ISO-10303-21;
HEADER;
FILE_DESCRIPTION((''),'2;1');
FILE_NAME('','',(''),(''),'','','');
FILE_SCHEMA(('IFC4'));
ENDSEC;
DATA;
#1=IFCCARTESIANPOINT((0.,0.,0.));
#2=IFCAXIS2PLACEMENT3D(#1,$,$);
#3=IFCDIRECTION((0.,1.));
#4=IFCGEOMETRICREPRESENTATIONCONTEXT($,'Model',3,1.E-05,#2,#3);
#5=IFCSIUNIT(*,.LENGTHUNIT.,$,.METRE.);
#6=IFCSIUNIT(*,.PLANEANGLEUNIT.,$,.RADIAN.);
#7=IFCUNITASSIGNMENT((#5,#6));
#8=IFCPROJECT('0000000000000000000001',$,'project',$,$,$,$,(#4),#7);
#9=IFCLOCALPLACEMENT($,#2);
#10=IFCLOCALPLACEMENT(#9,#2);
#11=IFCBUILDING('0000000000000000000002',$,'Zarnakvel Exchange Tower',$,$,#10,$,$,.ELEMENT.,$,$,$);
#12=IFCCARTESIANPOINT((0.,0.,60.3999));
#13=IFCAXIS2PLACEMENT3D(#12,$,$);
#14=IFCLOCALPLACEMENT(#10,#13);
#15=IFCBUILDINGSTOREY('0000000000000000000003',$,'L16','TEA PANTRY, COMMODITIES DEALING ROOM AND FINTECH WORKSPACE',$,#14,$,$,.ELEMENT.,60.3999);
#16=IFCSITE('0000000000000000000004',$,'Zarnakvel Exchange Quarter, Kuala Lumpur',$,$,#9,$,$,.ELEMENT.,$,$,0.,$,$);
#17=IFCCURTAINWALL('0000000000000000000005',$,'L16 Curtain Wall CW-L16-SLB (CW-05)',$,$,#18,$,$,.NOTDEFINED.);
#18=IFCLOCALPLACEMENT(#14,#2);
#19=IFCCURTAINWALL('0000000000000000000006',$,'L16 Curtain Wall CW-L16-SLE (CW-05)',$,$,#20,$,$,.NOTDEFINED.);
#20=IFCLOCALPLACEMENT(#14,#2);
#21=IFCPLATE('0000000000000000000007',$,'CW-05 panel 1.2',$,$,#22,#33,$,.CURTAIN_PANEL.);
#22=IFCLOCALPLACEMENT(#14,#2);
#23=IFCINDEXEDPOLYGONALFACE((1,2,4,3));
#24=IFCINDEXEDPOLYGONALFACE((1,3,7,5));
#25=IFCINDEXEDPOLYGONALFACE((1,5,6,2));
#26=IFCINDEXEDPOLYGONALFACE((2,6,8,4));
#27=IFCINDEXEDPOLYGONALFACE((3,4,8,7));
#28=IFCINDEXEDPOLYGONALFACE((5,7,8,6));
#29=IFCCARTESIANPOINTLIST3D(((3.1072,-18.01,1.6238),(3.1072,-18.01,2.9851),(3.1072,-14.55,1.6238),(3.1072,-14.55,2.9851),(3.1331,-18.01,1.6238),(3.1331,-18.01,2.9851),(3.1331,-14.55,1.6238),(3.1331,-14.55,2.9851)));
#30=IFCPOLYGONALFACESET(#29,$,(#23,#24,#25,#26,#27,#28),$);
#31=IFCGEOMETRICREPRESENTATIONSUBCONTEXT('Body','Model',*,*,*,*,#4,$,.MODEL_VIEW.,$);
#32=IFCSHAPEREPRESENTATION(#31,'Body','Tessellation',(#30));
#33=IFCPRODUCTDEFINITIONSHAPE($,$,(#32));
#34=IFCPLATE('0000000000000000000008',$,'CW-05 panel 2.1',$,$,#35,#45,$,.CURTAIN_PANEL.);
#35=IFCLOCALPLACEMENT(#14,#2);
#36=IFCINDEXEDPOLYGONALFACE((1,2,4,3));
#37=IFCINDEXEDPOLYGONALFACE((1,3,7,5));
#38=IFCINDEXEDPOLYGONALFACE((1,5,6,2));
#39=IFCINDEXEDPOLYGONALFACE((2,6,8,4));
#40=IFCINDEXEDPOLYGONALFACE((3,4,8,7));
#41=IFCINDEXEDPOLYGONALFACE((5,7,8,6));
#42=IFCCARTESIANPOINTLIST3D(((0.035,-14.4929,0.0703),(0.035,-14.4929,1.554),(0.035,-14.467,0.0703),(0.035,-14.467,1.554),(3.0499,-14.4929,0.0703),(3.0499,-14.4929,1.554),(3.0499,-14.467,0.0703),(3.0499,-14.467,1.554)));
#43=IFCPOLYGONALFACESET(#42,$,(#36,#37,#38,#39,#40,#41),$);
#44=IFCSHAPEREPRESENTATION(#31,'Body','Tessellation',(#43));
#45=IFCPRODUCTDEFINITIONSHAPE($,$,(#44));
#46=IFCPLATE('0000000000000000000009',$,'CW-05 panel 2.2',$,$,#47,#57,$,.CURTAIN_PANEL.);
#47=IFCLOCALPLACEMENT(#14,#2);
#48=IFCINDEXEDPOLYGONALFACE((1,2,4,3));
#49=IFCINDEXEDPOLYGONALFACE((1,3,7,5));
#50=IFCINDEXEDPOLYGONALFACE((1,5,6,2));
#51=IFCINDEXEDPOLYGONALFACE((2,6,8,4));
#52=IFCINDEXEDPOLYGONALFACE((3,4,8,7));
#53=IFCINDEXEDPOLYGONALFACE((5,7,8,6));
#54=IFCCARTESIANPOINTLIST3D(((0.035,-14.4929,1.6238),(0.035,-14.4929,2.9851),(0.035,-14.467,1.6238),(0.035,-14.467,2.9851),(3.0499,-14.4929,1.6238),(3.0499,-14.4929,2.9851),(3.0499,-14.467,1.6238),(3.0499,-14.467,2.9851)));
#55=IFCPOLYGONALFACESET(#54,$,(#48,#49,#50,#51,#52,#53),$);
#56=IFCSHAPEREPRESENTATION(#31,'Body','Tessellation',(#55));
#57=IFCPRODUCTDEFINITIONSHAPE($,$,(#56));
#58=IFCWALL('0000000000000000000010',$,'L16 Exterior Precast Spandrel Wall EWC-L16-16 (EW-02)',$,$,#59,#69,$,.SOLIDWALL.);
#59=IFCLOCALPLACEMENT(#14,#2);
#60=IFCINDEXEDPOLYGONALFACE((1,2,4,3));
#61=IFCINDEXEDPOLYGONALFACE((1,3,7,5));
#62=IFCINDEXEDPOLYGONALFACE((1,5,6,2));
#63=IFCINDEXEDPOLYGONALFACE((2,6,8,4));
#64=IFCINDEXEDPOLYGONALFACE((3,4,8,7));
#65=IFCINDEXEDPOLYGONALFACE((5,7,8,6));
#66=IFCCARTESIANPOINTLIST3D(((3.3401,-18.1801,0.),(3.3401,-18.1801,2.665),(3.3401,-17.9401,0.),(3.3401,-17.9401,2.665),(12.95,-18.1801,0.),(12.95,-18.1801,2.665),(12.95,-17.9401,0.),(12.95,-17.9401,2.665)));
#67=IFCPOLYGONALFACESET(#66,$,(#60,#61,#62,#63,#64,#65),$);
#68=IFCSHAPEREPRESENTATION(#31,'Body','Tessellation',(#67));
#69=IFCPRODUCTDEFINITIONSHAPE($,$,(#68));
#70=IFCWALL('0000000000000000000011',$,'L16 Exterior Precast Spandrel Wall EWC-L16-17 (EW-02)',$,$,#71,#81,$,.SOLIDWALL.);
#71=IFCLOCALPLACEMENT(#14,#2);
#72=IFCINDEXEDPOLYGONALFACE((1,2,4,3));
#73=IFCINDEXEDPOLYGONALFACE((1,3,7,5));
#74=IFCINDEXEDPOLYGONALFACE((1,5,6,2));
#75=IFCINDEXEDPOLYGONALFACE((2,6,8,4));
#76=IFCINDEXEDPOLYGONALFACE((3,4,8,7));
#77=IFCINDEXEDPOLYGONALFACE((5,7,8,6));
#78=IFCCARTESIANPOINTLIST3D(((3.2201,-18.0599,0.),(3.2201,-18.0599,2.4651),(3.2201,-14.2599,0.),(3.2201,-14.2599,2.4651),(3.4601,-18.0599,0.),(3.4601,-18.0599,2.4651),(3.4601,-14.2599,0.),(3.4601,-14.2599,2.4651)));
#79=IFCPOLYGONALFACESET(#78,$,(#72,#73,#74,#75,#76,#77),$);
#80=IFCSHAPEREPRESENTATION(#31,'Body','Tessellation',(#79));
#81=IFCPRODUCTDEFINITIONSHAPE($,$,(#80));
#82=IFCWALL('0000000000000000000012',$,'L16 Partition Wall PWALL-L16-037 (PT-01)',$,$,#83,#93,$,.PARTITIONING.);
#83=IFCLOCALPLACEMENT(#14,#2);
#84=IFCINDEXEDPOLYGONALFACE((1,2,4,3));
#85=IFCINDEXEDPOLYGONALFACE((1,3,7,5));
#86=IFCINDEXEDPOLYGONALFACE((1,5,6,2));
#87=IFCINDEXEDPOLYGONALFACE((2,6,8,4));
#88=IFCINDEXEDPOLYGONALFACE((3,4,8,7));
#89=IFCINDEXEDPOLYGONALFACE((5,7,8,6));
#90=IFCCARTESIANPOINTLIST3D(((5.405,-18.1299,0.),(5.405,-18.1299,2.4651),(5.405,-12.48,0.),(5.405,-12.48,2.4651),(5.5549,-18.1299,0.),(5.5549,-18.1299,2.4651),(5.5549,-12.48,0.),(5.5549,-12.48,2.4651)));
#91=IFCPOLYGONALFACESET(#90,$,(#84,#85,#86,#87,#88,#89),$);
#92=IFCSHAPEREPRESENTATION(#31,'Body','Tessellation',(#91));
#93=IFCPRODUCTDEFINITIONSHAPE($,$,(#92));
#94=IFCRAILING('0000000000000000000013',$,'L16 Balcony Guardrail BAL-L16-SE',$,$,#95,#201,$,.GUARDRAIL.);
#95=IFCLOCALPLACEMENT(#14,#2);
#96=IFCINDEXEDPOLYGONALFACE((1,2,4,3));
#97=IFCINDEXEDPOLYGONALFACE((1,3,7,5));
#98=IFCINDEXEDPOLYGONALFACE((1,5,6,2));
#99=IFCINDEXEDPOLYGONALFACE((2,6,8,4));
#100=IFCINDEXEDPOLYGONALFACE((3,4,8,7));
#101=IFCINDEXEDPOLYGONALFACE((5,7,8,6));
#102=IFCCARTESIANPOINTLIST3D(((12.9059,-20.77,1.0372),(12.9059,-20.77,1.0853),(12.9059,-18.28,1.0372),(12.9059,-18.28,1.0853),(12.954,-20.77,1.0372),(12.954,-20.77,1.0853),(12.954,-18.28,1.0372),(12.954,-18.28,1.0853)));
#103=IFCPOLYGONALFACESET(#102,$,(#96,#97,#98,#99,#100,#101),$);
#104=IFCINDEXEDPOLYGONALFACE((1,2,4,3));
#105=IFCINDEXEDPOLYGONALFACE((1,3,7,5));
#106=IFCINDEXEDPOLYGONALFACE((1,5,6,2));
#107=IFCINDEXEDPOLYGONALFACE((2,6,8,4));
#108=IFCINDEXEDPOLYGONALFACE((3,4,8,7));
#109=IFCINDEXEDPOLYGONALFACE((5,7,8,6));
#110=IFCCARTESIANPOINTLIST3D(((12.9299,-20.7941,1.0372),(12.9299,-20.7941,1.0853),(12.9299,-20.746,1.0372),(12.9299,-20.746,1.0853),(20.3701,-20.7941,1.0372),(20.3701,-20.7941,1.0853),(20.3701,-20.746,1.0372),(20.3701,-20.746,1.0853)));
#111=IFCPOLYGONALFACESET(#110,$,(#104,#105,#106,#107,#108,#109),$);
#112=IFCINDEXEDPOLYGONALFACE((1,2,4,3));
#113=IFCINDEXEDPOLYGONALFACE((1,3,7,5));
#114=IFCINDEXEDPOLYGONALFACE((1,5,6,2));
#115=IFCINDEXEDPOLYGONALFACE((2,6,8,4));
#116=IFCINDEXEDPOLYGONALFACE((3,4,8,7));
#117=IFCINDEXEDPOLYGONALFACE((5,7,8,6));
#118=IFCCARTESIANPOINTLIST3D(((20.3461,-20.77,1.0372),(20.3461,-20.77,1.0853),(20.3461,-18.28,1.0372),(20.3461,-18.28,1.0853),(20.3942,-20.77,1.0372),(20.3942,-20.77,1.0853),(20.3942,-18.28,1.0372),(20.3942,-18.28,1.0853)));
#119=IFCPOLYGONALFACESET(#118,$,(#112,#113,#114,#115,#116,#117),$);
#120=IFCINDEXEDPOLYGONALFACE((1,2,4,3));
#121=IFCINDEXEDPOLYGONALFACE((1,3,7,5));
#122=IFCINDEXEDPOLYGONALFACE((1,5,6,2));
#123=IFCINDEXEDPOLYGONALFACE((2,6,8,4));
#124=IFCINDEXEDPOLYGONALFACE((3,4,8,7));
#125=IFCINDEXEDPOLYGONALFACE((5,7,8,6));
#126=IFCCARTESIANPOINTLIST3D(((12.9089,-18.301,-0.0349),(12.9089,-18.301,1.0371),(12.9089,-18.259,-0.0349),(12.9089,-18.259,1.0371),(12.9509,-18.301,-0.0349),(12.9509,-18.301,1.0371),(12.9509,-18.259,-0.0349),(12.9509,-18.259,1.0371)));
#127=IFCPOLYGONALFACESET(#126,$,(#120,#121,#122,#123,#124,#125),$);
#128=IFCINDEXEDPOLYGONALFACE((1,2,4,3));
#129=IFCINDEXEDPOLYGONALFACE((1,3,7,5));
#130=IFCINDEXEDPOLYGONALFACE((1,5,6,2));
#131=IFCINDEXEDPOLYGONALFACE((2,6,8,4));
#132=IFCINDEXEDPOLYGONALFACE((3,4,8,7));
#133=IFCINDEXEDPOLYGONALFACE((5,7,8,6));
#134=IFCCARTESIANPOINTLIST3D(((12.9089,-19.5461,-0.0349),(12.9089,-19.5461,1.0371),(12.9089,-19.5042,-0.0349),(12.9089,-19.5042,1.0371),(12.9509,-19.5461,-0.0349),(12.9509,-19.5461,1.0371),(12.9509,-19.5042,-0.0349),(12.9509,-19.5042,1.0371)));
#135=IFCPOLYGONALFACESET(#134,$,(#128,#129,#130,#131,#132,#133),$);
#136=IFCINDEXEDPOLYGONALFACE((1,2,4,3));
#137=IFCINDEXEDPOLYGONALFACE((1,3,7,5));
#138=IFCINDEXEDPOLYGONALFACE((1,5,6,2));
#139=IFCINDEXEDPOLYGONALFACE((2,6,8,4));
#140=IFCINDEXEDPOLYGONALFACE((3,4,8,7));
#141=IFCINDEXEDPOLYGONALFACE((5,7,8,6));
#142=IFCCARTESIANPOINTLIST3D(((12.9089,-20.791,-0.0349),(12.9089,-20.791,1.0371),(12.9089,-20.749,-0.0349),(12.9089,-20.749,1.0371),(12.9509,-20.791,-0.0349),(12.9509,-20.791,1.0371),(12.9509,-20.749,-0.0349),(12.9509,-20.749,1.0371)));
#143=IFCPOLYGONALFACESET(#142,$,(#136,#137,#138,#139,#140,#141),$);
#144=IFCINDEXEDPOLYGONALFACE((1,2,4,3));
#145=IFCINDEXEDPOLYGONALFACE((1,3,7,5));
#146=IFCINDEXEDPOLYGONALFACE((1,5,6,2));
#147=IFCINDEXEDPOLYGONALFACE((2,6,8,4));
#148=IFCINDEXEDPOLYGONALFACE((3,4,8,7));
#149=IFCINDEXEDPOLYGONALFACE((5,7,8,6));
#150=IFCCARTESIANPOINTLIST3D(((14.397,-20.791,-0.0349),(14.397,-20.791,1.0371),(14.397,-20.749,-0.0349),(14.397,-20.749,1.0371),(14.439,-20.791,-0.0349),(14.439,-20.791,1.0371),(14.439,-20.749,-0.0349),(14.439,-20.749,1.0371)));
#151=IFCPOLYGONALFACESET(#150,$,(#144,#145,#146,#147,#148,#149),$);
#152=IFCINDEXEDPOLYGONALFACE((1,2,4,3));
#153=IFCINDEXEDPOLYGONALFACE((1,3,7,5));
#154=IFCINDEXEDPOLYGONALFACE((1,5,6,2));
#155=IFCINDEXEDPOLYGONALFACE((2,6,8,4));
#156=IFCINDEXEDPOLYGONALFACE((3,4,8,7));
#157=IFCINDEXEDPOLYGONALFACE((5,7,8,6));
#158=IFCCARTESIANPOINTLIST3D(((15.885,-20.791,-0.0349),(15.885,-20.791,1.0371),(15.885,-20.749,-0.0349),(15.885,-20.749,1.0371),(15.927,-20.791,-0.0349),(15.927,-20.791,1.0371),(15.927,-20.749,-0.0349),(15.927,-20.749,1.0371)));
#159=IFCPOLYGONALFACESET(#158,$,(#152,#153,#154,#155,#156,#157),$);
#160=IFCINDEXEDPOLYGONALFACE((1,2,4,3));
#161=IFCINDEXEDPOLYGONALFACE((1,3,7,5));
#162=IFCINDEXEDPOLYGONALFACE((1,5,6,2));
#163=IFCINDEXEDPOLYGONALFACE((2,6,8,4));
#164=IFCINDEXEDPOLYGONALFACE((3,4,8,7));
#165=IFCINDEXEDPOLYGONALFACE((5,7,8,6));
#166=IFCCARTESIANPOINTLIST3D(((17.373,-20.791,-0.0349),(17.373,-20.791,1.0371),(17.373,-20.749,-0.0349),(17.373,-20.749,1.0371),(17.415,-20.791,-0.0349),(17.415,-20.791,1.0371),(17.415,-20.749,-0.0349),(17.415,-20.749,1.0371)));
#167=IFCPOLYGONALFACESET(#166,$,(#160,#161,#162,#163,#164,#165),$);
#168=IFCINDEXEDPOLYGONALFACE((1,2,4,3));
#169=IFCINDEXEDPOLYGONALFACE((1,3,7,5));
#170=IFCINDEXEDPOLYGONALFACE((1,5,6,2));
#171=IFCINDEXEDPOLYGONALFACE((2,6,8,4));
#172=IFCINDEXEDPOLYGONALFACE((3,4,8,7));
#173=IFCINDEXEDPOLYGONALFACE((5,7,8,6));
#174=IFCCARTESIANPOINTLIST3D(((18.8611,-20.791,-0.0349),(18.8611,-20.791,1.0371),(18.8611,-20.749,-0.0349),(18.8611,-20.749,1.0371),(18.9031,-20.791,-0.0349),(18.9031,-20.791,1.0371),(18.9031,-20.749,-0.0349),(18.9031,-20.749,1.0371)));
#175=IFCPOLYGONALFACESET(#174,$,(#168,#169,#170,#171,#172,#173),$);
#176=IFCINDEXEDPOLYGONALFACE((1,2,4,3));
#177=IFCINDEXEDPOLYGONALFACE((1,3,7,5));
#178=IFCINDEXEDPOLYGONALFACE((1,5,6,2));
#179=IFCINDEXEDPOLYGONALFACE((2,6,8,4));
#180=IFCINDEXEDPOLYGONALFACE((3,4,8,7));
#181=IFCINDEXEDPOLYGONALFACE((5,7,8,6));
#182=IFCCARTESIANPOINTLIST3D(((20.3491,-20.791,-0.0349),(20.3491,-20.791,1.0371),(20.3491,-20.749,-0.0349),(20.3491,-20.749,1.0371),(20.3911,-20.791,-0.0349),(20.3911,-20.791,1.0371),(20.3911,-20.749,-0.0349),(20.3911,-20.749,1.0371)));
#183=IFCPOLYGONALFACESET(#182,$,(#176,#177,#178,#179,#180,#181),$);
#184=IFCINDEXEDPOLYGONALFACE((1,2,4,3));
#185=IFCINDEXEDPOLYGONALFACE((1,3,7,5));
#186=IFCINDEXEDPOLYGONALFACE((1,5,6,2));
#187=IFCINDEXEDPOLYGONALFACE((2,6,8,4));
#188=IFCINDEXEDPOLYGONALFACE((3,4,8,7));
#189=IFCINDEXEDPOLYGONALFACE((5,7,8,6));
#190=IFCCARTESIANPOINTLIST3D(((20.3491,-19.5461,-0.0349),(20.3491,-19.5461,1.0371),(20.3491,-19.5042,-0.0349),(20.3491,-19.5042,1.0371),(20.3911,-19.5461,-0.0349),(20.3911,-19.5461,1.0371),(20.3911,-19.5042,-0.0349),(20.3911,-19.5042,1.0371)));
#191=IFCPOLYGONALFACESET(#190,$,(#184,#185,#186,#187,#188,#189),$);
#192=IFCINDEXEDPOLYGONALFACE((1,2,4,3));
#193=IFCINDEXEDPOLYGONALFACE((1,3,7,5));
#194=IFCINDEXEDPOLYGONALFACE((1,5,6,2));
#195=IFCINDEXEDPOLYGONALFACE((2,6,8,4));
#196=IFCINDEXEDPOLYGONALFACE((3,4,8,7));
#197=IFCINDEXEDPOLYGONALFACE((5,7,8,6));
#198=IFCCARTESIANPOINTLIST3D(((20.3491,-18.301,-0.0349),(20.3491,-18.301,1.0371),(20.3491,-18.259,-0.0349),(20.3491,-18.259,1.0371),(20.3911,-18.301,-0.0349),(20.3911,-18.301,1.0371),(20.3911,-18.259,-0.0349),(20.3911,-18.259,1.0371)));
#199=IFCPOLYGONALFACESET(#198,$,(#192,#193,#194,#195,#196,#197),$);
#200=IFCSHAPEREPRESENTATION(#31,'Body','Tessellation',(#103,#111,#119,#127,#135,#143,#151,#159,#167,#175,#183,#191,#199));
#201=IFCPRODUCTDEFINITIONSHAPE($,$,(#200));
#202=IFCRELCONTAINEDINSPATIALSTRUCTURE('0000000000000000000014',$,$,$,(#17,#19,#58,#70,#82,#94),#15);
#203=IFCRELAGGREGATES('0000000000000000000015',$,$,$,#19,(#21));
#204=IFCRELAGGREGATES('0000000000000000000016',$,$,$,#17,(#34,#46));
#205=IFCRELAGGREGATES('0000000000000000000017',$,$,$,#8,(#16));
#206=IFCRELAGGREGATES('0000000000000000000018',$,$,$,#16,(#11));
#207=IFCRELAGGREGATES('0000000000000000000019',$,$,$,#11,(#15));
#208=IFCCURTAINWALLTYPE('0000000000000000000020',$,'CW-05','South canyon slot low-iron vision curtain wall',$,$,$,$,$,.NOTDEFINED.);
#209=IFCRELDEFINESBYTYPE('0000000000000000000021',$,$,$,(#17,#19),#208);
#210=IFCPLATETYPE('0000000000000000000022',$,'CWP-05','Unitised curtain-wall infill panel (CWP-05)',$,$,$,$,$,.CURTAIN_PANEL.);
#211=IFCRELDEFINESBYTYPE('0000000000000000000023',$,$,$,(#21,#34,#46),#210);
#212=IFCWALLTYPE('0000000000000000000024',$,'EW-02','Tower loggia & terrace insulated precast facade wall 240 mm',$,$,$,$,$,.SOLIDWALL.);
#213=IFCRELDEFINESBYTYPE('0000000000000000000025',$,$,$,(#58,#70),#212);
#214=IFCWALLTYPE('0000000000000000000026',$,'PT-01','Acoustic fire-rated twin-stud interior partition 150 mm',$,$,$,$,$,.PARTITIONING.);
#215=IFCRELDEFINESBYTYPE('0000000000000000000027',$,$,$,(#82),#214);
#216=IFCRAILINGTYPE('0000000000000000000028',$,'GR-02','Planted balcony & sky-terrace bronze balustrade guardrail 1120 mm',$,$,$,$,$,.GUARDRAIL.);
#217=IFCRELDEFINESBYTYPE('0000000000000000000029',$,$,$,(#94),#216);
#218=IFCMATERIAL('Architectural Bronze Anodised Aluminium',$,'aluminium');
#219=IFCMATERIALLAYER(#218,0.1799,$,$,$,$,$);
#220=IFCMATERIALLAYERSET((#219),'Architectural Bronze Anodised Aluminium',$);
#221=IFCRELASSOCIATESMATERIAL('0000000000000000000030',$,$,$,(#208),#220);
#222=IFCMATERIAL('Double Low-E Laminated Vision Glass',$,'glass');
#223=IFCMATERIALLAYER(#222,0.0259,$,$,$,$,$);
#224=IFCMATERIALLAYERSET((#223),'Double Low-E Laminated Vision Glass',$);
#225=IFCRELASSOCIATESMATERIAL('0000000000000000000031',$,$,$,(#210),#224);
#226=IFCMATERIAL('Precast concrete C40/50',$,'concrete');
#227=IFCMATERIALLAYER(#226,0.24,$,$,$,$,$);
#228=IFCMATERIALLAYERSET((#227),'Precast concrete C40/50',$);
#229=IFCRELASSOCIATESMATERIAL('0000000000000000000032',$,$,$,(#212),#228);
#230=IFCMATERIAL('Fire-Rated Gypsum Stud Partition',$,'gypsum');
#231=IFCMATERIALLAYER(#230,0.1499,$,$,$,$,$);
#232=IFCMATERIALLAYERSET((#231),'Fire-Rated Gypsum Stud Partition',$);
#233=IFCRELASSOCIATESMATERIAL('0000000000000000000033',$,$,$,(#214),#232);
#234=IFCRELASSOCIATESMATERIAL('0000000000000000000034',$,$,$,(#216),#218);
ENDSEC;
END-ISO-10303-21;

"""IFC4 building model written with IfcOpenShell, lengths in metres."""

from ifc_helpers import new_model, si_unit, direction, frame, frame_2d, origin, origin_2d, place, context, subcontext, project, spatial, rectangle, extrude, source, transform, mapped, material, layer, layer_set, type_object, element, aggregate, save


model = new_model("IFC4")

# Units and contexts
model_context = context("Model", 3, precision=1e-05, world=origin(), true_north=direction((0.0, 1.0)))
body_context = subcontext(model_context, "Body", "Model", "MODEL_VIEW")
ifc_project = project(units=[si_unit("LENGTHUNIT", "METRE"), si_unit("PLANEANGLEUNIT", "RADIAN")], contexts=[model_context])

# Site, building, storey
site_placement = place(None, origin())
site = spatial("IfcSite", under=ifc_project, at=site_placement, Name="Zarnakvel Exchange Quarter, Kuala Lumpur", CompositionType="ELEMENT", RefElevation=0.0)
building_placement = place(site_placement, origin())
building = spatial("IfcBuilding", under=site, at=building_placement, Name="Zarnakvel Exchange Tower", CompositionType="ELEMENT")
storey_placement = place(building_placement, frame((0.0, 0.0, 60.3999)))
storey = spatial("IfcBuildingStorey", under=building, at=storey_placement, Name="L16", Description="TEA PANTRY, COMMODITIES DEALING ROOM AND FINTECH WORKSPACE", CompositionType="ELEMENT", Elevation=60.3999)

# Curtain wall
ifc_material_1 = material(Name="Architectural Bronze Anodised Aluminium", Category="aluminium")
ifc_layer_1 = layer(ifc_material_1, 0.1799)
ifc_layer_set_1 = layer_set([ifc_layer_1], Name="Architectural Bronze Anodised Aluminium")
curtain_wall_type = type_object("IfcCurtainWallType", Name="CW-05", Description="South canyon slot low-iron vision curtain wall", PredefinedType="NOTDEFINED", material=ifc_layer_set_1)
curtain_wall_1_placement = place(storey_placement, origin())
curtain_wall_1 = element("IfcCurtainWall", 1, at=curtain_wall_1_placement, inside=storey, type_object=curtain_wall_type, Name="L16 Curtain Wall CW-L16-SLB (CW-05)", PredefinedType="NOTDEFINED")

# Curtain wall
curtain_wall_2_placement = place(storey_placement, origin())
curtain_wall_2 = element("IfcCurtainWall", 2, at=curtain_wall_2_placement, inside=storey, type_object=curtain_wall_type, Name="L16 Curtain Wall CW-L16-SLE (CW-05)", PredefinedType="NOTDEFINED")

# Plates
ifc_material_2 = material(Name="Double Low-E Laminated Vision Glass", Category="glass")
ifc_layer_2 = layer(ifc_material_2, 0.0259)
ifc_layer_set_2 = layer_set([ifc_layer_2], Name="Double Low-E Laminated Vision Glass")
plate_type = type_object("IfcPlateType", Name="CWP-05", Description="Unitised curtain-wall infill panel (CWP-05)", PredefinedType="CURTAIN_PANEL", material=ifc_layer_set_2)
shared_shape_1 = source(origin(), body_context, "Body", "SweptSolid", [
    extrude(rectangle(XDim=3.46, YDim=0.0259, at=origin_2d()), origin(), (0.0, 0.0, 1.0), 1.3613),
])
plate_1_placement = place(storey_placement, frame((3.1201, -16.28, 1.6238), z_axis=(0.0, 0.0, 1.0), x_axis=(0.0, -1.0, 0.0)))
plate_1 = element("IfcPlate", 3, at=plate_1_placement, type_object=plate_type, Name="CW-05 panel 1.2", PredefinedType="CURTAIN_PANEL", context=body_context, shape_type="MappedRepresentation", body=[
    mapped(shared_shape_1, transform((0.0, 0.0, 0.0), x_axis=(1.0, 0.0, 0.0), y_axis=(0.0, 1.0, 0.0), z_axis=(0.0, 0.0, 1.0), scale=1.0)),
])
aggregate(curtain_wall_2, [plate_1])
shared_shape_2 = source(origin(), body_context, "Body", "SweptSolid", [
    extrude(rectangle(XDim=3.0149, YDim=0.0259, at=origin_2d()), origin(), (0.0, 0.0, 1.0), 1.4836),
])
plate_2_placement = place(storey_placement, frame((1.5425, -14.48, 0.0703), z_axis=(0.0, 0.0, 1.0), x_axis=(1.0, 0.0, 0.0)))
plate_2 = element("IfcPlate", 4, at=plate_2_placement, type_object=plate_type, Name="CW-05 panel 2.1", PredefinedType="CURTAIN_PANEL", context=body_context, shape_type="MappedRepresentation", body=[
    mapped(shared_shape_2, transform((0.0, 0.0, 0.0), x_axis=(1.0, 0.0, 0.0), y_axis=(0.0, 1.0, 0.0), z_axis=(0.0, 0.0, 1.0), scale=1.0)),
])
shared_shape_3 = source(origin(), body_context, "Body", "SweptSolid", [
    extrude(rectangle(XDim=3.0149, YDim=0.0259, at=origin_2d()), origin(), (0.0, 0.0, 1.0), 1.3613),
])
plate_3_placement = place(storey_placement, frame((1.5425, -14.48, 1.6238), z_axis=(0.0, 0.0, 1.0), x_axis=(1.0, 0.0, 0.0)))
plate_3 = element("IfcPlate", 5, at=plate_3_placement, type_object=plate_type, Name="CW-05 panel 2.2", PredefinedType="CURTAIN_PANEL", context=body_context, shape_type="MappedRepresentation", body=[
    mapped(shared_shape_3, transform((0.0, 0.0, 0.0), x_axis=(1.0, 0.0, 0.0), y_axis=(0.0, 1.0, 0.0), z_axis=(0.0, 0.0, 1.0), scale=1.0)),
])
aggregate(curtain_wall_1, [plate_2, plate_3])

# Walls
ifc_material_3 = material(Name="Precast concrete C40/50", Category="concrete")
ifc_layer_3 = layer(ifc_material_3, 0.24)
ifc_layer_set_3 = layer_set([ifc_layer_3], Name="Precast concrete C40/50")
wall_type_1 = type_object("IfcWallType", Name="EW-02", Description="Tower loggia & terrace insulated precast facade wall 240 mm", PredefinedType="SOLIDWALL", material=ifc_layer_set_3)
wall_1_placement = place(storey_placement, frame((3.3401, -18.0601, 0.0), z_axis=(0.0, 0.0, 1.0), x_axis=(1.0, 0.0, 0.0)))
element("IfcWall", 6, at=wall_1_placement, inside=storey, type_object=wall_type_1, Name="L16 Exterior Precast Spandrel Wall EWC-L16-16 (EW-02)", PredefinedType="SOLIDWALL", context=body_context, shape_type="SweptSolid", body=[
    extrude(rectangle(XDim=9.6099, YDim=0.24, at=frame_2d((4.8049, 0.0))), origin(), (0.0, 0.0, 1.0), 2.665),
])
wall_2_placement = place(storey_placement, frame((3.3401, -14.26, 0.0), z_axis=(0.0, 0.0, 1.0), x_axis=(0.0, -1.0, 0.0)))
element("IfcWall", 7, at=wall_2_placement, inside=storey, type_object=wall_type_1, Name="L16 Exterior Precast Spandrel Wall EWC-L16-17 (EW-02)", PredefinedType="SOLIDWALL", context=body_context, shape_type="SweptSolid", body=[
    extrude(rectangle(XDim=3.8, YDim=0.24, at=frame_2d((1.8999, 0.0))), origin(), (0.0, 0.0, 1.0), 2.4651),
])
ifc_material_4 = material(Name="Fire-Rated Gypsum Stud Partition", Category="gypsum")
ifc_layer_4 = layer(ifc_material_4, 0.1499)
ifc_layer_set_4 = layer_set([ifc_layer_4], Name="Fire-Rated Gypsum Stud Partition")
wall_type_2 = type_object("IfcWallType", Name="PT-01", Description="Acoustic fire-rated twin-stud interior partition 150 mm", PredefinedType="PARTITIONING", material=ifc_layer_set_4)
wall_3_placement = place(storey_placement, frame((5.48, -18.1299, 0.0), z_axis=(0.0, 0.0, 1.0), x_axis=(0.0, 1.0, 0.0)))
element("IfcWall", 8, at=wall_3_placement, inside=storey, type_object=wall_type_2, Name="L16 Partition Wall PWALL-L16-037 (PT-01)", PredefinedType="PARTITIONING", context=body_context, shape_type="SweptSolid", body=[
    extrude(rectangle(XDim=5.6499, YDim=0.1499, at=frame_2d((2.825, 0.0))), origin(), (0.0, 0.0, 1.0), 2.4651),
])

# Railing
railing_type = type_object("IfcRailingType", Name="GR-02", Description="Planted balcony & sky-terrace bronze balustrade guardrail 1120 mm", PredefinedType="GUARDRAIL", material=ifc_material_1)
railing_placement = place(storey_placement, frame((12.9299, -18.28, -0.0349)))
element("IfcRailing", 9, at=railing_placement, inside=storey, type_object=railing_type, Name="L16 Balcony Guardrail BAL-L16-SE", PredefinedType="GUARDRAIL", context=body_context, shape_type="SweptSolid", body=[
    extrude(rectangle(XDim=0.0481, YDim=0.0481, at=origin_2d()), frame((0.0, 0.0, 1.0962), z_axis=(0.0, -1.0, 0.0), x_axis=(1.0, 0.0, 0.0)), (0.0, 0.0, 1.0), 2.49),
    extrude(rectangle(XDim=0.0481, YDim=0.0481, at=origin_2d()), frame((0.0, -2.49, 1.0962), z_axis=(1.0, 0.0, 0.0), x_axis=(0.0, 1.0, 0.0)), (0.0, 0.0, 1.0), 7.4402),
    extrude(rectangle(XDim=0.0481, YDim=0.0481, at=origin_2d()), frame((7.4402, -2.49, 1.0962), z_axis=(0.0, 1.0, 0.0), x_axis=(-1.0, 0.0, 0.0)), (0.0, 0.0, 1.0), 2.49),
    extrude(rectangle(XDim=0.042, YDim=0.042, at=origin_2d()), origin(), (0.0, 0.0, 1.0), 1.072),
    extrude(rectangle(XDim=0.042, YDim=0.042, at=origin_2d()), frame((0.0, -1.2451, 0.0)), (0.0, 0.0, 1.0), 1.072),
    extrude(rectangle(XDim=0.042, YDim=0.042, at=origin_2d()), frame((0.0, -2.49, 0.0)), (0.0, 0.0, 1.0), 1.072),
    extrude(rectangle(XDim=0.042, YDim=0.042, at=origin_2d()), frame((1.488, -2.49, 0.0)), (0.0, 0.0, 1.0), 1.072),
    extrude(rectangle(XDim=0.042, YDim=0.042, at=origin_2d()), frame((2.9761, -2.49, 0.0)), (0.0, 0.0, 1.0), 1.072),
    extrude(rectangle(XDim=0.042, YDim=0.042, at=origin_2d()), frame((4.4641, -2.49, 0.0)), (0.0, 0.0, 1.0), 1.072),
    extrude(rectangle(XDim=0.042, YDim=0.042, at=origin_2d()), frame((5.9521, -2.49, 0.0)), (0.0, 0.0, 1.0), 1.072),
    extrude(rectangle(XDim=0.042, YDim=0.042, at=origin_2d()), frame((7.4402, -2.49, 0.0)), (0.0, 0.0, 1.0), 1.072),
    extrude(rectangle(XDim=0.042, YDim=0.042, at=origin_2d()), frame((7.4402, -1.2451, 0.0)), (0.0, 0.0, 1.0), 1.072),
    extrude(rectangle(XDim=0.042, YDim=0.042, at=origin_2d()), frame((7.4402, 0.0, 0.0)), (0.0, 0.0, 1.0), 1.072),
])

save(model, "model.ifc")
